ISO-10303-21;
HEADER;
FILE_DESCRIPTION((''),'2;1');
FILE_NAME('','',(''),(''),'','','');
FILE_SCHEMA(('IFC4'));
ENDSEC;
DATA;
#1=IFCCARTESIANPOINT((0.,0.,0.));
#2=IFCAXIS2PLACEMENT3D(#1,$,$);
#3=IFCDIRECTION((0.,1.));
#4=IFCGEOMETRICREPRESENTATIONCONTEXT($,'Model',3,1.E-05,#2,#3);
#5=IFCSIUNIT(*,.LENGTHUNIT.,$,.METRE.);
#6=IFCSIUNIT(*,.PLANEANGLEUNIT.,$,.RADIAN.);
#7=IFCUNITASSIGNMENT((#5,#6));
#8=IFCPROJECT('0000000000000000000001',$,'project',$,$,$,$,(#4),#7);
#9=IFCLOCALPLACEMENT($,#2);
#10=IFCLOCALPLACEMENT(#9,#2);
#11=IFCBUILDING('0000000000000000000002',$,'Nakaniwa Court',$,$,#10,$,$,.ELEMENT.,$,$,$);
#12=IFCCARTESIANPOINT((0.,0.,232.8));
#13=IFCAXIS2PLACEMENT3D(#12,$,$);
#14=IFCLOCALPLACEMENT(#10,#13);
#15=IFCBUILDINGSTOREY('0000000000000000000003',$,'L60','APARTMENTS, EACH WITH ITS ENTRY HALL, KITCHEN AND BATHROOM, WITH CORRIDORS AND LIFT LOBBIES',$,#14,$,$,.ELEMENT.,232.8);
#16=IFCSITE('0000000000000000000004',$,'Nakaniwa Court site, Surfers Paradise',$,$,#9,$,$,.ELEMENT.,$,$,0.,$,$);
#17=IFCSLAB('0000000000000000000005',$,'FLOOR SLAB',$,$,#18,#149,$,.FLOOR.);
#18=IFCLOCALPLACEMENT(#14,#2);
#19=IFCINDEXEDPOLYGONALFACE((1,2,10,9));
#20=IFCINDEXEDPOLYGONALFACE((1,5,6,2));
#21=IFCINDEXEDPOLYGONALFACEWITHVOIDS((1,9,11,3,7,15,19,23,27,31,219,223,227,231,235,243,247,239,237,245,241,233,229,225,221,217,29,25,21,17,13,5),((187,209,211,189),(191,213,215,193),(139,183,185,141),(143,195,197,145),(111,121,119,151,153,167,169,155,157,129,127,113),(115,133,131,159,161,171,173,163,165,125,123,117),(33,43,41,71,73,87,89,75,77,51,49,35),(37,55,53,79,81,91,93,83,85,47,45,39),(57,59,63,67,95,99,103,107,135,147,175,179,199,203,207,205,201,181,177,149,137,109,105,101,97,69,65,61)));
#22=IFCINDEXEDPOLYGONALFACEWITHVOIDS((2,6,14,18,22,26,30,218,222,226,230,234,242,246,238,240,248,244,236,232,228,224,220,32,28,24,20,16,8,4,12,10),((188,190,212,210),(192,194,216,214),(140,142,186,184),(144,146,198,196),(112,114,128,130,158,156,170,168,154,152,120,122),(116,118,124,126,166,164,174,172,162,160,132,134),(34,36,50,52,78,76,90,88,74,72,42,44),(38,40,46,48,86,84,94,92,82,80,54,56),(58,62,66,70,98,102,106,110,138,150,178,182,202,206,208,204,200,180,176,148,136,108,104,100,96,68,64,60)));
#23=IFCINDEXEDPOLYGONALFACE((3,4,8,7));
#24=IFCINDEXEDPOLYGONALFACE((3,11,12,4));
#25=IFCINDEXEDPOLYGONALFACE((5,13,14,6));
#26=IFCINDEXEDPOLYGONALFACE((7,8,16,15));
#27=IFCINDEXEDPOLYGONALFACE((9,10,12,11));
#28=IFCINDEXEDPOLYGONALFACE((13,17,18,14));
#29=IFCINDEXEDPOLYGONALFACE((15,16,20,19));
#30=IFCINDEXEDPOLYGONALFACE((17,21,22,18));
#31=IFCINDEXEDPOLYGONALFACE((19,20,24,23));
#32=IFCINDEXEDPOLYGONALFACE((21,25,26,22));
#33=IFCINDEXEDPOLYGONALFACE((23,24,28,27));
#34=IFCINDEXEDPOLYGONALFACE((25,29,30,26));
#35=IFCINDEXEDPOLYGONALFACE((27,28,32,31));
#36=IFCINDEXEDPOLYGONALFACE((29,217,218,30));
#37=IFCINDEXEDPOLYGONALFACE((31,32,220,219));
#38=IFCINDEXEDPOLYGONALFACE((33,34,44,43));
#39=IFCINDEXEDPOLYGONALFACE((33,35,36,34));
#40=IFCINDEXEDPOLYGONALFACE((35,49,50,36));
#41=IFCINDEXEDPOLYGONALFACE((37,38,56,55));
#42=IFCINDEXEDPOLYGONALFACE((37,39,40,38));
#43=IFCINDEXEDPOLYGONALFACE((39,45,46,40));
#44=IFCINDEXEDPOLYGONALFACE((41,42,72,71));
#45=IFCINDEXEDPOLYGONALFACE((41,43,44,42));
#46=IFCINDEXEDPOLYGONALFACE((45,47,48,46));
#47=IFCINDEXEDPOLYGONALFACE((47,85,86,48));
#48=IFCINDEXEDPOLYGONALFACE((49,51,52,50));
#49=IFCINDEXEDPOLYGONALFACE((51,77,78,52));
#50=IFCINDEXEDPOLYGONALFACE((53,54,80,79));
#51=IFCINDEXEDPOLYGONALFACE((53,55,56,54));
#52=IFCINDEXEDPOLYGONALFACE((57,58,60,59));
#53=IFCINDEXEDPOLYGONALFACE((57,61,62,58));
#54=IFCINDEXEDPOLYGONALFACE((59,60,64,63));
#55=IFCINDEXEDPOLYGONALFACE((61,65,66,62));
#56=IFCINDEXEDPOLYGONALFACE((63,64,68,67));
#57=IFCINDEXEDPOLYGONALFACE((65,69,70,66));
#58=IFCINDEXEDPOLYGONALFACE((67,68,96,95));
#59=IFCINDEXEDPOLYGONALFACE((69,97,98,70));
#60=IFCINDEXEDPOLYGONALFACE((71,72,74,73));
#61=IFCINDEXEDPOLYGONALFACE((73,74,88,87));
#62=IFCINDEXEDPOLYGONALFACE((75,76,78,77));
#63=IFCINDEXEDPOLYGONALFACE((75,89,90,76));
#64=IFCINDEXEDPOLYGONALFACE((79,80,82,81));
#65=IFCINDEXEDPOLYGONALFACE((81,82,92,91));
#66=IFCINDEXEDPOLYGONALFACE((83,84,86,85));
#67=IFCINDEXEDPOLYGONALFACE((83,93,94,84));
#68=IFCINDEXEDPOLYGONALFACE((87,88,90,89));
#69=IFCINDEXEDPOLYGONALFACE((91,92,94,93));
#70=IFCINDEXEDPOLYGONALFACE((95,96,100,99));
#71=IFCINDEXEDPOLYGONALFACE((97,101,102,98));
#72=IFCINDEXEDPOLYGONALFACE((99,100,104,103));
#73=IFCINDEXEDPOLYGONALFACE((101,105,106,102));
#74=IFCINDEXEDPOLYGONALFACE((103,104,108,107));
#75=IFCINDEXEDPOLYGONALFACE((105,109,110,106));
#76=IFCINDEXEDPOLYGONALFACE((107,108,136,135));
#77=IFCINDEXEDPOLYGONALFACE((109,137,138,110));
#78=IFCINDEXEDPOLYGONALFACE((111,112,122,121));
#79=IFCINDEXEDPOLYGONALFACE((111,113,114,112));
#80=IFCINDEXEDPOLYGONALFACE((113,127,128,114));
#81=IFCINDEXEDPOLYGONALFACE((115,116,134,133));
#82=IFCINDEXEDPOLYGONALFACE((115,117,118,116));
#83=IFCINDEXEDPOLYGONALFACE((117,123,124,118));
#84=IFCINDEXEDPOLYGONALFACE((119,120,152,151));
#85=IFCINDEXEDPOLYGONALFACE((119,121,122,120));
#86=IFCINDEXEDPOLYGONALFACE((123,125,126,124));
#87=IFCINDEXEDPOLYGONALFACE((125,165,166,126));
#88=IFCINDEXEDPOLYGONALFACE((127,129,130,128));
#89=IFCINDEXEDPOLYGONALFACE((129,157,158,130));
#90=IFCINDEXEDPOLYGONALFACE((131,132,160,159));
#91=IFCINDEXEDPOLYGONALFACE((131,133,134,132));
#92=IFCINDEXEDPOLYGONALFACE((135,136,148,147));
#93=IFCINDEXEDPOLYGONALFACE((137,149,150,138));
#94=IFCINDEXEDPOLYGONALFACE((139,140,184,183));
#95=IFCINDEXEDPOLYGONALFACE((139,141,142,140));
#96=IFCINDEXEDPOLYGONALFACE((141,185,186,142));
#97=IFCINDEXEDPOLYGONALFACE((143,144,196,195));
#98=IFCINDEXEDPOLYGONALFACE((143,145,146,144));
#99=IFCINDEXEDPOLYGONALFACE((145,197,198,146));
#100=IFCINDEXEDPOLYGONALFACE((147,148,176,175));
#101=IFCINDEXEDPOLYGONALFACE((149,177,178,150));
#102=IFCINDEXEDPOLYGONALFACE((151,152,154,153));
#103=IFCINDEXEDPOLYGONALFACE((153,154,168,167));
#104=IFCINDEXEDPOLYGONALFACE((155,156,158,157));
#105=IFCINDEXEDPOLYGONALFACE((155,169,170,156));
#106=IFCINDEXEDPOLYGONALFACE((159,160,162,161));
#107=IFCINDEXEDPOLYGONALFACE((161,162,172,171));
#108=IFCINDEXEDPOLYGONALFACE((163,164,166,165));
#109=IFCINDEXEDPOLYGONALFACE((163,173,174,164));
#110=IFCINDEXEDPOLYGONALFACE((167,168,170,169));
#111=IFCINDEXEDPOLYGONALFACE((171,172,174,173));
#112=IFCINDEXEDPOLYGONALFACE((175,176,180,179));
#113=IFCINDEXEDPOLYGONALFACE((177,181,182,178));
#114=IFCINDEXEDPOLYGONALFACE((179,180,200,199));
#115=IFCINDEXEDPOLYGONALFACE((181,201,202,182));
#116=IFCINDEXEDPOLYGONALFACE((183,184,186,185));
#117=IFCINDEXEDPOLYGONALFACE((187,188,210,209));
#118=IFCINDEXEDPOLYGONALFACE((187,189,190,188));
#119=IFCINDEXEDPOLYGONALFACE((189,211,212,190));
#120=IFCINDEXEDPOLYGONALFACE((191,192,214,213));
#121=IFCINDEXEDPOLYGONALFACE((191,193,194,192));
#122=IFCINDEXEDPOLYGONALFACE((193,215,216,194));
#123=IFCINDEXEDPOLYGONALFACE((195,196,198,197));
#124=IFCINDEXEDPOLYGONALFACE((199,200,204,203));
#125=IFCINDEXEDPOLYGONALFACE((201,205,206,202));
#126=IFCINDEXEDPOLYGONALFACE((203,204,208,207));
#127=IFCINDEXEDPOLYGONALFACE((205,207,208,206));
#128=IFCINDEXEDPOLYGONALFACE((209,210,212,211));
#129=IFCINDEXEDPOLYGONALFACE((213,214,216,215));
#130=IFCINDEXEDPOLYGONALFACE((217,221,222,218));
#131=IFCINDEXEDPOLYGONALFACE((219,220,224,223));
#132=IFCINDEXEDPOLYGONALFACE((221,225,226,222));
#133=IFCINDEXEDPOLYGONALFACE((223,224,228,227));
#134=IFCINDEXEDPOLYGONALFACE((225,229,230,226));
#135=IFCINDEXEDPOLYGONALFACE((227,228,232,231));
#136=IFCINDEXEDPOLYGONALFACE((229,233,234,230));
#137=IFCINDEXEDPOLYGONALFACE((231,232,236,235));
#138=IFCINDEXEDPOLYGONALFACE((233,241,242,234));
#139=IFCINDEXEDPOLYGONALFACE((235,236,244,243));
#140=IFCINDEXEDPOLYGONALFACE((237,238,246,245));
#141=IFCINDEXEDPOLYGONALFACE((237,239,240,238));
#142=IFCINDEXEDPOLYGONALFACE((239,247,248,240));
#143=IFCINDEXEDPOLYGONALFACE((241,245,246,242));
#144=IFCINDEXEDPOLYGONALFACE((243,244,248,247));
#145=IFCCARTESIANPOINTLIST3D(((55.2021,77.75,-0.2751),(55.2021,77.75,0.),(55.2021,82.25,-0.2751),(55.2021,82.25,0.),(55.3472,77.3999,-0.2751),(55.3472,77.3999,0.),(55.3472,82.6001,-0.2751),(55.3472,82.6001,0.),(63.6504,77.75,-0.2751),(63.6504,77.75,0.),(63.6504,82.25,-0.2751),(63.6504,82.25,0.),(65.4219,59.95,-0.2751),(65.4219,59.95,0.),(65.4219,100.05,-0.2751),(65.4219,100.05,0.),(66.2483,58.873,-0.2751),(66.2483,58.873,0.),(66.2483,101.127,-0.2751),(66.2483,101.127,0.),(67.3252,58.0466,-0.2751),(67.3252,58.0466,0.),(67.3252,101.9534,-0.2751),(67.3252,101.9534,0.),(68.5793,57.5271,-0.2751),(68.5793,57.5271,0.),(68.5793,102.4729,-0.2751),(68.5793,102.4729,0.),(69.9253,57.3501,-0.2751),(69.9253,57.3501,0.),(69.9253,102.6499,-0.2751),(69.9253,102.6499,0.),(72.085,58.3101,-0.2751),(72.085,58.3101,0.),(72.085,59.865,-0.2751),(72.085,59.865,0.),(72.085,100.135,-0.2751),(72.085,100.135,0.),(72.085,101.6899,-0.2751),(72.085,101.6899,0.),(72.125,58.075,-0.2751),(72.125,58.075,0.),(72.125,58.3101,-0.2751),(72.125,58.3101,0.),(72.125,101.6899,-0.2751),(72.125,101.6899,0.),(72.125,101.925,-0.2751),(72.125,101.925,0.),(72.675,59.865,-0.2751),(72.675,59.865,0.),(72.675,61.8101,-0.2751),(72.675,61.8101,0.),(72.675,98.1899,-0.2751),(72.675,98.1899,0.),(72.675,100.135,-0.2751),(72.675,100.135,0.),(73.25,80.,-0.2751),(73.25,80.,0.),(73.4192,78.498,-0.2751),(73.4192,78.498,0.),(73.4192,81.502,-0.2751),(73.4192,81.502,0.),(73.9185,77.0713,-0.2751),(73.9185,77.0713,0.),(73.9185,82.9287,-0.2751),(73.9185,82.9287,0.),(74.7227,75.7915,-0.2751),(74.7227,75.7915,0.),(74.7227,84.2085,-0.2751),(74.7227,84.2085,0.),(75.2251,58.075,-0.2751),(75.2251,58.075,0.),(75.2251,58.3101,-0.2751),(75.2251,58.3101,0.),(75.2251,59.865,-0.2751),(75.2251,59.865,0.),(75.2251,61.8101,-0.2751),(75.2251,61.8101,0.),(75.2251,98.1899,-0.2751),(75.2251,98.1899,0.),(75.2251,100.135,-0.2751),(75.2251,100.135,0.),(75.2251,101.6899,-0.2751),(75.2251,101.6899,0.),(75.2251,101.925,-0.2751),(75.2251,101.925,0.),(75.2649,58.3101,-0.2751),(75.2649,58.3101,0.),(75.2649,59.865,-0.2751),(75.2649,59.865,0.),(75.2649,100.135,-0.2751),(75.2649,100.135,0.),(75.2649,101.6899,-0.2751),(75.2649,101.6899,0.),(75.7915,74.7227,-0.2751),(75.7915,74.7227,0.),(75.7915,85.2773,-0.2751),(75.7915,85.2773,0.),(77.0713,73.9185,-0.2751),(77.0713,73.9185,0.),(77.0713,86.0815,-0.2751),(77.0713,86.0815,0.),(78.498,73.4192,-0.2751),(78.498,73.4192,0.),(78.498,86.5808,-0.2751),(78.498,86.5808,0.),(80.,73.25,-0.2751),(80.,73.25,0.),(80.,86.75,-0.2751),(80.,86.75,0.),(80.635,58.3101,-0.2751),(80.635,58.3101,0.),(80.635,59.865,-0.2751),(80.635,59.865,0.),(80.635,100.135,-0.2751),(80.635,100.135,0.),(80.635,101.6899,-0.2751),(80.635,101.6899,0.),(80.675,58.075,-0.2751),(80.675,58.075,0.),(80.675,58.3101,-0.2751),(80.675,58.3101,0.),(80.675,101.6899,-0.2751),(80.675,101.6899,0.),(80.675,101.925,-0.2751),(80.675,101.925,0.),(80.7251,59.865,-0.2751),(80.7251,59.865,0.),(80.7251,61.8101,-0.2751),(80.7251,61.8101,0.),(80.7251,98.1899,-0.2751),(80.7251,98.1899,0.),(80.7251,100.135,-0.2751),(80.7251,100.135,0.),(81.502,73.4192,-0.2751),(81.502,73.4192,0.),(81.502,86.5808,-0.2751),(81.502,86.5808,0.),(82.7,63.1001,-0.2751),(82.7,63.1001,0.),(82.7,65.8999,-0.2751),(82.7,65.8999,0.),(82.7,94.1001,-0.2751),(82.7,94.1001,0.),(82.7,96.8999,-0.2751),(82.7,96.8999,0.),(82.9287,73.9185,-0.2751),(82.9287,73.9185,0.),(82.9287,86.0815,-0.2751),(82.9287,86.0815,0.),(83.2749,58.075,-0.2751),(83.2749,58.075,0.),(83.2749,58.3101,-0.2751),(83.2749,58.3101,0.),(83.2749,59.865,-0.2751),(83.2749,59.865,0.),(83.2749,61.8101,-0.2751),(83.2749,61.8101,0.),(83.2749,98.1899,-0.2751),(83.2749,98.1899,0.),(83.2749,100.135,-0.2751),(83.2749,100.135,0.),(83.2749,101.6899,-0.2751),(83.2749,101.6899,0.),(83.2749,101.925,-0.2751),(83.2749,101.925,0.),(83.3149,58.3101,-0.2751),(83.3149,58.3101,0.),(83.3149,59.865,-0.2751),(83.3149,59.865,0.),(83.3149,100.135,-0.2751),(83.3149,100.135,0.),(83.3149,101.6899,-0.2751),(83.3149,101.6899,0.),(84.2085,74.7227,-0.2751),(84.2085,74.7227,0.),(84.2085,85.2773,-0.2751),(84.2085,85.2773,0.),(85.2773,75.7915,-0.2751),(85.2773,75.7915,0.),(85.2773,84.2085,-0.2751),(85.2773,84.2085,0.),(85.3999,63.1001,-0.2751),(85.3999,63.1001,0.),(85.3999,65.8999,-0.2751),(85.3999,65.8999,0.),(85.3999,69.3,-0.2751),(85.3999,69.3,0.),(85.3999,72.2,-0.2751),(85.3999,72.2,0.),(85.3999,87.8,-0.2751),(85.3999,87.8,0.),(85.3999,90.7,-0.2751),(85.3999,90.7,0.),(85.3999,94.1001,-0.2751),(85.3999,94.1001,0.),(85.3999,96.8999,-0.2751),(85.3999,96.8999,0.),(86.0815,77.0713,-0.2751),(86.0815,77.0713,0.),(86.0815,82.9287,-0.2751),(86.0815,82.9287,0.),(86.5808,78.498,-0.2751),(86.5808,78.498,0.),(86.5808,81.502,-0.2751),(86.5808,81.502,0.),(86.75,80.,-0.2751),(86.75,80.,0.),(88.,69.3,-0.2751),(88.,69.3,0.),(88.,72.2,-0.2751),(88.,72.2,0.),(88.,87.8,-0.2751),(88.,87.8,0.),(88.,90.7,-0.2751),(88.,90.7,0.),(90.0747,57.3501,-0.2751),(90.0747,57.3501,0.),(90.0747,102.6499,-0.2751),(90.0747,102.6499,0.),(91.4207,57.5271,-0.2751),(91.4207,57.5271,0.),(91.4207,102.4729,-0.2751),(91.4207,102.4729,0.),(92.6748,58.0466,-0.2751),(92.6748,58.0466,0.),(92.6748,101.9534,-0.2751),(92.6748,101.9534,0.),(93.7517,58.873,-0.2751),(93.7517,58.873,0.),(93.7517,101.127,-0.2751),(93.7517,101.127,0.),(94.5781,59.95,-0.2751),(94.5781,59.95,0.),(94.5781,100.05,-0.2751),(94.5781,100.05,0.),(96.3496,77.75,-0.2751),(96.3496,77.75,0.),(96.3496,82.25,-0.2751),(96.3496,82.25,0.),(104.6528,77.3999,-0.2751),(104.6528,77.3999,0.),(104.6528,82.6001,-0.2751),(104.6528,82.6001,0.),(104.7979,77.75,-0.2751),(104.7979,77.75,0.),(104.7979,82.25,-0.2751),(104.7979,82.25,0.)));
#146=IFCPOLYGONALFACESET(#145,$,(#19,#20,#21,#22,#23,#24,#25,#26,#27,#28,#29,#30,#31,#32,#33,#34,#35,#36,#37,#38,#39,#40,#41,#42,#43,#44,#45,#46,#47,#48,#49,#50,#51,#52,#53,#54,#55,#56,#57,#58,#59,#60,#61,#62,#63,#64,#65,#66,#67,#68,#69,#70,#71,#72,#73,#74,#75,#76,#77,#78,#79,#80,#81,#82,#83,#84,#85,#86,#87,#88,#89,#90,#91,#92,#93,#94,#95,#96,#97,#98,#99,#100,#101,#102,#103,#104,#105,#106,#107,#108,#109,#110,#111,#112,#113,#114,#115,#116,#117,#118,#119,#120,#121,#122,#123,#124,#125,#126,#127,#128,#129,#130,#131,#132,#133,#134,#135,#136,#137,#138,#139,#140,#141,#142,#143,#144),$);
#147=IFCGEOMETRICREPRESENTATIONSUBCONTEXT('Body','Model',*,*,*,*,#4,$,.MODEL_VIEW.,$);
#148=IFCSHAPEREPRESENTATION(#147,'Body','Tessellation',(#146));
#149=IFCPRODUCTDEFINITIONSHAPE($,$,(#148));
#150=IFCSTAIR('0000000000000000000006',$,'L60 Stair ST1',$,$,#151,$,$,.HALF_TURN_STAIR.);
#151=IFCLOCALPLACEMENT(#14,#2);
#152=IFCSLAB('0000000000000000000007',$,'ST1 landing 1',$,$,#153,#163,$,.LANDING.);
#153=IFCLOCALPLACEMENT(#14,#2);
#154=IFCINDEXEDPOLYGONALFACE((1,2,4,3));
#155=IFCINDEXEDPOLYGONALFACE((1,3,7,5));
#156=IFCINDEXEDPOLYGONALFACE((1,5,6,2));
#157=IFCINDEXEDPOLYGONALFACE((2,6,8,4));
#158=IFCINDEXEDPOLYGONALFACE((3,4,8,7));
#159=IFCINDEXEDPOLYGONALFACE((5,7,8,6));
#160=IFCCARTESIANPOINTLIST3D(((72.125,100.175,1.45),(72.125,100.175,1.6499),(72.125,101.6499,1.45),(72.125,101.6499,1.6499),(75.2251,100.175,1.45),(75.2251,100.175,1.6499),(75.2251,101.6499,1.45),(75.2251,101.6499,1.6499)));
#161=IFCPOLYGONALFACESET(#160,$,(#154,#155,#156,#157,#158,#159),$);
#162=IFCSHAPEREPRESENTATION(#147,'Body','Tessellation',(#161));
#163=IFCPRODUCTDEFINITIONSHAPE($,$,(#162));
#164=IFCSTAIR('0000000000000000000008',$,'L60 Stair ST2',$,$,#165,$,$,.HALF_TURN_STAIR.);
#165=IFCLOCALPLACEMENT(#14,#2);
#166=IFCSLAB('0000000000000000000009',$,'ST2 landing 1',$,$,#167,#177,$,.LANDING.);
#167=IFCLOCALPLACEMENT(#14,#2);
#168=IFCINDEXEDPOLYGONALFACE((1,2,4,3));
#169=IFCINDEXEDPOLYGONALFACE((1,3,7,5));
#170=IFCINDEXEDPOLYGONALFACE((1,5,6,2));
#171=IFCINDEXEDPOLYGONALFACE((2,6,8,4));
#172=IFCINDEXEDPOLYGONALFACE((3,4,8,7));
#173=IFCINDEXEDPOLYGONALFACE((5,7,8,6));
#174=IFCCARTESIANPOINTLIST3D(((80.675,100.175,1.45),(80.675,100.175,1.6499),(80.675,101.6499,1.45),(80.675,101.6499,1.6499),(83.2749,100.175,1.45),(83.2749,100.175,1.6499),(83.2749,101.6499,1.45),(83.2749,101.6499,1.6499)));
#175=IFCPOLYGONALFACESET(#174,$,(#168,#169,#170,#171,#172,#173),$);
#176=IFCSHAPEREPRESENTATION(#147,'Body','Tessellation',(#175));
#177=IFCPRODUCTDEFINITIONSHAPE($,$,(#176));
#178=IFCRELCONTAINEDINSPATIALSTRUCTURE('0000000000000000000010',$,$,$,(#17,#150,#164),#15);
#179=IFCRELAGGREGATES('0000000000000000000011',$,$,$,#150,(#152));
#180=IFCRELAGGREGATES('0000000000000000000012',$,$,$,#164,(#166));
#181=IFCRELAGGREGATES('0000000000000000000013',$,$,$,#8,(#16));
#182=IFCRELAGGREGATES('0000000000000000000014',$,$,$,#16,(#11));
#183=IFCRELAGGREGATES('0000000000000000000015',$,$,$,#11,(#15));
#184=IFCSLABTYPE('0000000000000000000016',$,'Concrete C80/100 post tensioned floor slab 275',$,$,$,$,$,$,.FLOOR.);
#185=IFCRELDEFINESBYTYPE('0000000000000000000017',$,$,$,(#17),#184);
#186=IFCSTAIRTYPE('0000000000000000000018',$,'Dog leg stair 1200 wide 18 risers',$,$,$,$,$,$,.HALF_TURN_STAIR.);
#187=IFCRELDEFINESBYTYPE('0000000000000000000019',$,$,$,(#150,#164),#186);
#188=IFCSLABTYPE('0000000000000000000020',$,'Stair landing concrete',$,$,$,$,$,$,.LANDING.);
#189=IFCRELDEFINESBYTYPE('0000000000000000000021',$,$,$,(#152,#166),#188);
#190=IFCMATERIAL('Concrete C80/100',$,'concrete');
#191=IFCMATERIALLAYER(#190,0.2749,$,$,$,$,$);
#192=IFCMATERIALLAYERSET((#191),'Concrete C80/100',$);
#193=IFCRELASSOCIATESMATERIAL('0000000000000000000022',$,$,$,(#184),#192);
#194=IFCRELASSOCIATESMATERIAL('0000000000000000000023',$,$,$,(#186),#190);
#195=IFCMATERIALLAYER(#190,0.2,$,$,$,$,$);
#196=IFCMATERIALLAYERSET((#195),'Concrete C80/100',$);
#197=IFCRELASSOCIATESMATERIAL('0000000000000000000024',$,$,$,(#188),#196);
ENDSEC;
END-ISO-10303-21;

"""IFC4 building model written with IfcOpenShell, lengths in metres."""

from ifc_helpers import new_model, si_unit, direction, frame, origin, place, context, subcontext, project, spatial, polyline, outline, extrude, material, layer, layer_set, type_object, element, aggregate, save


model = new_model("IFC4")

# Units and contexts
model_context = context("Model", 3, precision=1e-05, world=origin(), true_north=direction((0.0, 1.0)))
body_context = subcontext(model_context, "Body", "Model", "MODEL_VIEW")
ifc_project = project(units=[si_unit("LENGTHUNIT", "METRE"), si_unit("PLANEANGLEUNIT", "RADIAN")], contexts=[model_context])

# Site, building, storey
site_placement = place(None, origin())
site = spatial("IfcSite", under=ifc_project, at=site_placement, Name="Nakaniwa Court site, Surfers Paradise", CompositionType="ELEMENT", RefElevation=0.0)
building_placement = place(site_placement, origin())
building = spatial("IfcBuilding", under=site, at=building_placement, Name="Nakaniwa Court", CompositionType="ELEMENT")
storey_placement = place(building_placement, frame((0.0, 0.0, 232.8)))
storey = spatial("IfcBuildingStorey", under=building, at=storey_placement, Name="L60", Description="APARTMENTS, EACH WITH ITS ENTRY HALL, KITCHEN AND BATHROOM, WITH CORRIDORS AND LIFT LOBBIES", CompositionType="ELEMENT", Elevation=232.8)

# Shared definitions
ifc_material_1 = material(Name="Concrete C80/100", Category="concrete")

# Slab
ifc_layer_1 = layer(ifc_material_1, 0.2749)
ifc_layer_set_1 = layer_set([ifc_layer_1], Name="Concrete C80/100")
slab_type_1 = type_object("IfcSlabType", Name="Concrete C80/100 post tensioned floor slab 275", PredefinedType="FLOOR", material=ifc_layer_set_1)
slab_1_placement = place(storey_placement, frame((0.0, 0.0, -0.2751)))
element("IfcSlab", 1, at=slab_1_placement, inside=storey, type_object=slab_type_1, Name="FLOOR SLAB", PredefinedType="FLOOR", context=body_context, shape_type="SweptSolid", body=[
    extrude(outline(polyline([(96.3496, 82.25), (104.7979, 82.25), (104.6528, 82.6001), (94.5781, 100.05), (93.7517, 101.127), (92.6748, 101.9534), (91.4207, 102.4729), (90.0747, 102.6499), (69.9253, 102.6499), (68.5793, 102.4729), (67.3252, 101.9534), (66.2483, 101.127), (65.4219, 100.05), (55.3472, 82.6001), (55.2021, 82.25), (63.6504, 82.25), (63.6504, 77.75), (55.2021, 77.75), (55.3472, 77.3999), (65.4219, 59.95), (66.2483, 58.873), (67.3252, 58.0466), (68.5793, 57.5271), (69.9253, 57.3501), (90.0747, 57.3501), (91.4207, 57.5271), (92.6748, 58.0466), (93.7517, 58.873), (94.5781, 59.95), (104.6528, 77.3999), (104.7979, 77.75), (96.3496, 77.75), (96.3496, 82.25)]), holes=[polyline([(81.502, 86.5808), (80.0, 86.75), (78.498, 86.5808), (77.0713, 86.0815), (75.7915, 85.2773), (74.7227, 84.2085), (73.9185, 82.9287), (73.4192, 81.502), (73.25, 80.0), (73.4192, 78.498), (73.9185, 77.0713), (74.7227, 75.7915), (75.7915, 74.7227), (77.0713, 73.9185), (78.498, 73.4192), (80.0, 73.25), (81.502, 73.4192), (82.9287, 73.9185), (84.2085, 74.7227), (85.2773, 75.7915), (86.0815, 77.0713), (86.5808, 78.498), (86.75, 80.0), (86.5808, 81.502), (86.0815, 82.9287), (85.2773, 84.2085), (84.2085, 85.2773), (82.9287, 86.0815), (81.502, 86.5808)]), polyline([(72.675, 61.8101), (72.675, 59.865), (72.085, 59.865), (72.085, 58.3101), (72.125, 58.3101), (72.125, 58.075), (75.2251, 58.075), (75.2251, 58.3101), (75.2649, 58.3101), (75.2649, 59.865), (75.2251, 59.865), (75.2251, 61.8101), (72.675, 61.8101)]), polyline([(83.2749, 61.8101), (80.7251, 61.8101), (80.7251, 59.865), (80.635, 59.865), (80.635, 58.3101), (80.675, 58.3101), (80.675, 58.075), (83.2749, 58.075), (83.2749, 58.3101), (83.3149, 58.3101), (83.3149, 59.865), (83.2749, 59.865), (83.2749, 61.8101)]), polyline([(75.2649, 101.6899), (75.2251, 101.6899), (75.2251, 101.925), (72.125, 101.925), (72.125, 101.6899), (72.085, 101.6899), (72.085, 100.135), (72.675, 100.135), (72.675, 98.1899), (75.2251, 98.1899), (75.2251, 100.135), (75.2649, 100.135), (75.2649, 101.6899)]), polyline([(83.3149, 100.135), (83.3149, 101.6899), (83.2749, 101.6899), (83.2749, 101.925), (80.675, 101.925), (80.675, 101.6899), (80.635, 101.6899), (80.635, 100.135), (80.7251, 100.135), (80.7251, 98.1899), (83.2749, 98.1899), (83.2749, 100.135), (83.3149, 100.135)]), polyline([(85.3999, 65.8999), (82.7, 65.8999), (82.7, 63.1001), (85.3999, 63.1001), (85.3999, 65.8999)]), polyline([(88.0, 72.2), (85.3999, 72.2), (85.3999, 69.3), (88.0, 69.3), (88.0, 72.2)]), polyline([(85.3999, 90.7), (85.3999, 87.8), (88.0, 87.8), (88.0, 90.7), (85.3999, 90.7)]), polyline([(85.3999, 96.8999), (82.7, 96.8999), (82.7, 94.1001), (85.3999, 94.1001), (85.3999, 96.8999)])]), origin(), (0.0, 0.0, 1.0), 0.2751),
])

# Stairs, slabs
stair_type = type_object("IfcStairType", Name="Dog leg stair 1200 wide 18 risers", PredefinedType="HALF_TURN_STAIR", material=ifc_material_1)
stair_1_placement = place(storey_placement, origin())
stair_1 = element("IfcStair", 2, at=stair_1_placement, inside=storey, type_object=stair_type, Name="L60 Stair ST1", PredefinedType="HALF_TURN_STAIR")
ifc_layer_2 = layer(ifc_material_1, 0.2)
ifc_layer_set_2 = layer_set([ifc_layer_2], Name="Concrete C80/100")
slab_type_2 = type_object("IfcSlabType", Name="Stair landing concrete", PredefinedType="LANDING", material=ifc_layer_set_2)
slab_2_placement = place(storey_placement, frame((0.0, 0.0, 1.45)))
slab_2 = element("IfcSlab", 3, at=slab_2_placement, type_object=slab_type_2, Name="ST1 landing 1", PredefinedType="LANDING", context=body_context, shape_type="SweptSolid", body=[
    extrude(outline(polyline([(75.2251, 100.175), (75.2251, 101.6499), (72.125, 101.6499), (72.125, 100.175), (75.2251, 100.175)])), origin(), (0.0, 0.0, 1.0), 0.2),
])
aggregate(stair_1, [slab_2])
stair_2_placement = place(storey_placement, origin())
stair_2 = element("IfcStair", 4, at=stair_2_placement, inside=storey, type_object=stair_type, Name="L60 Stair ST2", PredefinedType="HALF_TURN_STAIR")
slab_3_placement = place(storey_placement, frame((0.0, 0.0, 1.45)))
slab_3 = element("IfcSlab", 5, at=slab_3_placement, type_object=slab_type_2, Name="ST2 landing 1", PredefinedType="LANDING", context=body_context, shape_type="SweptSolid", body=[
    extrude(outline(polyline([(83.2749, 100.175), (83.2749, 101.6499), (80.675, 101.6499), (80.675, 100.175), (83.2749, 100.175)])), origin(), (0.0, 0.0, 1.0), 0.2),
])
aggregate(stair_2, [slab_3])

save(model, "model.ifc")
